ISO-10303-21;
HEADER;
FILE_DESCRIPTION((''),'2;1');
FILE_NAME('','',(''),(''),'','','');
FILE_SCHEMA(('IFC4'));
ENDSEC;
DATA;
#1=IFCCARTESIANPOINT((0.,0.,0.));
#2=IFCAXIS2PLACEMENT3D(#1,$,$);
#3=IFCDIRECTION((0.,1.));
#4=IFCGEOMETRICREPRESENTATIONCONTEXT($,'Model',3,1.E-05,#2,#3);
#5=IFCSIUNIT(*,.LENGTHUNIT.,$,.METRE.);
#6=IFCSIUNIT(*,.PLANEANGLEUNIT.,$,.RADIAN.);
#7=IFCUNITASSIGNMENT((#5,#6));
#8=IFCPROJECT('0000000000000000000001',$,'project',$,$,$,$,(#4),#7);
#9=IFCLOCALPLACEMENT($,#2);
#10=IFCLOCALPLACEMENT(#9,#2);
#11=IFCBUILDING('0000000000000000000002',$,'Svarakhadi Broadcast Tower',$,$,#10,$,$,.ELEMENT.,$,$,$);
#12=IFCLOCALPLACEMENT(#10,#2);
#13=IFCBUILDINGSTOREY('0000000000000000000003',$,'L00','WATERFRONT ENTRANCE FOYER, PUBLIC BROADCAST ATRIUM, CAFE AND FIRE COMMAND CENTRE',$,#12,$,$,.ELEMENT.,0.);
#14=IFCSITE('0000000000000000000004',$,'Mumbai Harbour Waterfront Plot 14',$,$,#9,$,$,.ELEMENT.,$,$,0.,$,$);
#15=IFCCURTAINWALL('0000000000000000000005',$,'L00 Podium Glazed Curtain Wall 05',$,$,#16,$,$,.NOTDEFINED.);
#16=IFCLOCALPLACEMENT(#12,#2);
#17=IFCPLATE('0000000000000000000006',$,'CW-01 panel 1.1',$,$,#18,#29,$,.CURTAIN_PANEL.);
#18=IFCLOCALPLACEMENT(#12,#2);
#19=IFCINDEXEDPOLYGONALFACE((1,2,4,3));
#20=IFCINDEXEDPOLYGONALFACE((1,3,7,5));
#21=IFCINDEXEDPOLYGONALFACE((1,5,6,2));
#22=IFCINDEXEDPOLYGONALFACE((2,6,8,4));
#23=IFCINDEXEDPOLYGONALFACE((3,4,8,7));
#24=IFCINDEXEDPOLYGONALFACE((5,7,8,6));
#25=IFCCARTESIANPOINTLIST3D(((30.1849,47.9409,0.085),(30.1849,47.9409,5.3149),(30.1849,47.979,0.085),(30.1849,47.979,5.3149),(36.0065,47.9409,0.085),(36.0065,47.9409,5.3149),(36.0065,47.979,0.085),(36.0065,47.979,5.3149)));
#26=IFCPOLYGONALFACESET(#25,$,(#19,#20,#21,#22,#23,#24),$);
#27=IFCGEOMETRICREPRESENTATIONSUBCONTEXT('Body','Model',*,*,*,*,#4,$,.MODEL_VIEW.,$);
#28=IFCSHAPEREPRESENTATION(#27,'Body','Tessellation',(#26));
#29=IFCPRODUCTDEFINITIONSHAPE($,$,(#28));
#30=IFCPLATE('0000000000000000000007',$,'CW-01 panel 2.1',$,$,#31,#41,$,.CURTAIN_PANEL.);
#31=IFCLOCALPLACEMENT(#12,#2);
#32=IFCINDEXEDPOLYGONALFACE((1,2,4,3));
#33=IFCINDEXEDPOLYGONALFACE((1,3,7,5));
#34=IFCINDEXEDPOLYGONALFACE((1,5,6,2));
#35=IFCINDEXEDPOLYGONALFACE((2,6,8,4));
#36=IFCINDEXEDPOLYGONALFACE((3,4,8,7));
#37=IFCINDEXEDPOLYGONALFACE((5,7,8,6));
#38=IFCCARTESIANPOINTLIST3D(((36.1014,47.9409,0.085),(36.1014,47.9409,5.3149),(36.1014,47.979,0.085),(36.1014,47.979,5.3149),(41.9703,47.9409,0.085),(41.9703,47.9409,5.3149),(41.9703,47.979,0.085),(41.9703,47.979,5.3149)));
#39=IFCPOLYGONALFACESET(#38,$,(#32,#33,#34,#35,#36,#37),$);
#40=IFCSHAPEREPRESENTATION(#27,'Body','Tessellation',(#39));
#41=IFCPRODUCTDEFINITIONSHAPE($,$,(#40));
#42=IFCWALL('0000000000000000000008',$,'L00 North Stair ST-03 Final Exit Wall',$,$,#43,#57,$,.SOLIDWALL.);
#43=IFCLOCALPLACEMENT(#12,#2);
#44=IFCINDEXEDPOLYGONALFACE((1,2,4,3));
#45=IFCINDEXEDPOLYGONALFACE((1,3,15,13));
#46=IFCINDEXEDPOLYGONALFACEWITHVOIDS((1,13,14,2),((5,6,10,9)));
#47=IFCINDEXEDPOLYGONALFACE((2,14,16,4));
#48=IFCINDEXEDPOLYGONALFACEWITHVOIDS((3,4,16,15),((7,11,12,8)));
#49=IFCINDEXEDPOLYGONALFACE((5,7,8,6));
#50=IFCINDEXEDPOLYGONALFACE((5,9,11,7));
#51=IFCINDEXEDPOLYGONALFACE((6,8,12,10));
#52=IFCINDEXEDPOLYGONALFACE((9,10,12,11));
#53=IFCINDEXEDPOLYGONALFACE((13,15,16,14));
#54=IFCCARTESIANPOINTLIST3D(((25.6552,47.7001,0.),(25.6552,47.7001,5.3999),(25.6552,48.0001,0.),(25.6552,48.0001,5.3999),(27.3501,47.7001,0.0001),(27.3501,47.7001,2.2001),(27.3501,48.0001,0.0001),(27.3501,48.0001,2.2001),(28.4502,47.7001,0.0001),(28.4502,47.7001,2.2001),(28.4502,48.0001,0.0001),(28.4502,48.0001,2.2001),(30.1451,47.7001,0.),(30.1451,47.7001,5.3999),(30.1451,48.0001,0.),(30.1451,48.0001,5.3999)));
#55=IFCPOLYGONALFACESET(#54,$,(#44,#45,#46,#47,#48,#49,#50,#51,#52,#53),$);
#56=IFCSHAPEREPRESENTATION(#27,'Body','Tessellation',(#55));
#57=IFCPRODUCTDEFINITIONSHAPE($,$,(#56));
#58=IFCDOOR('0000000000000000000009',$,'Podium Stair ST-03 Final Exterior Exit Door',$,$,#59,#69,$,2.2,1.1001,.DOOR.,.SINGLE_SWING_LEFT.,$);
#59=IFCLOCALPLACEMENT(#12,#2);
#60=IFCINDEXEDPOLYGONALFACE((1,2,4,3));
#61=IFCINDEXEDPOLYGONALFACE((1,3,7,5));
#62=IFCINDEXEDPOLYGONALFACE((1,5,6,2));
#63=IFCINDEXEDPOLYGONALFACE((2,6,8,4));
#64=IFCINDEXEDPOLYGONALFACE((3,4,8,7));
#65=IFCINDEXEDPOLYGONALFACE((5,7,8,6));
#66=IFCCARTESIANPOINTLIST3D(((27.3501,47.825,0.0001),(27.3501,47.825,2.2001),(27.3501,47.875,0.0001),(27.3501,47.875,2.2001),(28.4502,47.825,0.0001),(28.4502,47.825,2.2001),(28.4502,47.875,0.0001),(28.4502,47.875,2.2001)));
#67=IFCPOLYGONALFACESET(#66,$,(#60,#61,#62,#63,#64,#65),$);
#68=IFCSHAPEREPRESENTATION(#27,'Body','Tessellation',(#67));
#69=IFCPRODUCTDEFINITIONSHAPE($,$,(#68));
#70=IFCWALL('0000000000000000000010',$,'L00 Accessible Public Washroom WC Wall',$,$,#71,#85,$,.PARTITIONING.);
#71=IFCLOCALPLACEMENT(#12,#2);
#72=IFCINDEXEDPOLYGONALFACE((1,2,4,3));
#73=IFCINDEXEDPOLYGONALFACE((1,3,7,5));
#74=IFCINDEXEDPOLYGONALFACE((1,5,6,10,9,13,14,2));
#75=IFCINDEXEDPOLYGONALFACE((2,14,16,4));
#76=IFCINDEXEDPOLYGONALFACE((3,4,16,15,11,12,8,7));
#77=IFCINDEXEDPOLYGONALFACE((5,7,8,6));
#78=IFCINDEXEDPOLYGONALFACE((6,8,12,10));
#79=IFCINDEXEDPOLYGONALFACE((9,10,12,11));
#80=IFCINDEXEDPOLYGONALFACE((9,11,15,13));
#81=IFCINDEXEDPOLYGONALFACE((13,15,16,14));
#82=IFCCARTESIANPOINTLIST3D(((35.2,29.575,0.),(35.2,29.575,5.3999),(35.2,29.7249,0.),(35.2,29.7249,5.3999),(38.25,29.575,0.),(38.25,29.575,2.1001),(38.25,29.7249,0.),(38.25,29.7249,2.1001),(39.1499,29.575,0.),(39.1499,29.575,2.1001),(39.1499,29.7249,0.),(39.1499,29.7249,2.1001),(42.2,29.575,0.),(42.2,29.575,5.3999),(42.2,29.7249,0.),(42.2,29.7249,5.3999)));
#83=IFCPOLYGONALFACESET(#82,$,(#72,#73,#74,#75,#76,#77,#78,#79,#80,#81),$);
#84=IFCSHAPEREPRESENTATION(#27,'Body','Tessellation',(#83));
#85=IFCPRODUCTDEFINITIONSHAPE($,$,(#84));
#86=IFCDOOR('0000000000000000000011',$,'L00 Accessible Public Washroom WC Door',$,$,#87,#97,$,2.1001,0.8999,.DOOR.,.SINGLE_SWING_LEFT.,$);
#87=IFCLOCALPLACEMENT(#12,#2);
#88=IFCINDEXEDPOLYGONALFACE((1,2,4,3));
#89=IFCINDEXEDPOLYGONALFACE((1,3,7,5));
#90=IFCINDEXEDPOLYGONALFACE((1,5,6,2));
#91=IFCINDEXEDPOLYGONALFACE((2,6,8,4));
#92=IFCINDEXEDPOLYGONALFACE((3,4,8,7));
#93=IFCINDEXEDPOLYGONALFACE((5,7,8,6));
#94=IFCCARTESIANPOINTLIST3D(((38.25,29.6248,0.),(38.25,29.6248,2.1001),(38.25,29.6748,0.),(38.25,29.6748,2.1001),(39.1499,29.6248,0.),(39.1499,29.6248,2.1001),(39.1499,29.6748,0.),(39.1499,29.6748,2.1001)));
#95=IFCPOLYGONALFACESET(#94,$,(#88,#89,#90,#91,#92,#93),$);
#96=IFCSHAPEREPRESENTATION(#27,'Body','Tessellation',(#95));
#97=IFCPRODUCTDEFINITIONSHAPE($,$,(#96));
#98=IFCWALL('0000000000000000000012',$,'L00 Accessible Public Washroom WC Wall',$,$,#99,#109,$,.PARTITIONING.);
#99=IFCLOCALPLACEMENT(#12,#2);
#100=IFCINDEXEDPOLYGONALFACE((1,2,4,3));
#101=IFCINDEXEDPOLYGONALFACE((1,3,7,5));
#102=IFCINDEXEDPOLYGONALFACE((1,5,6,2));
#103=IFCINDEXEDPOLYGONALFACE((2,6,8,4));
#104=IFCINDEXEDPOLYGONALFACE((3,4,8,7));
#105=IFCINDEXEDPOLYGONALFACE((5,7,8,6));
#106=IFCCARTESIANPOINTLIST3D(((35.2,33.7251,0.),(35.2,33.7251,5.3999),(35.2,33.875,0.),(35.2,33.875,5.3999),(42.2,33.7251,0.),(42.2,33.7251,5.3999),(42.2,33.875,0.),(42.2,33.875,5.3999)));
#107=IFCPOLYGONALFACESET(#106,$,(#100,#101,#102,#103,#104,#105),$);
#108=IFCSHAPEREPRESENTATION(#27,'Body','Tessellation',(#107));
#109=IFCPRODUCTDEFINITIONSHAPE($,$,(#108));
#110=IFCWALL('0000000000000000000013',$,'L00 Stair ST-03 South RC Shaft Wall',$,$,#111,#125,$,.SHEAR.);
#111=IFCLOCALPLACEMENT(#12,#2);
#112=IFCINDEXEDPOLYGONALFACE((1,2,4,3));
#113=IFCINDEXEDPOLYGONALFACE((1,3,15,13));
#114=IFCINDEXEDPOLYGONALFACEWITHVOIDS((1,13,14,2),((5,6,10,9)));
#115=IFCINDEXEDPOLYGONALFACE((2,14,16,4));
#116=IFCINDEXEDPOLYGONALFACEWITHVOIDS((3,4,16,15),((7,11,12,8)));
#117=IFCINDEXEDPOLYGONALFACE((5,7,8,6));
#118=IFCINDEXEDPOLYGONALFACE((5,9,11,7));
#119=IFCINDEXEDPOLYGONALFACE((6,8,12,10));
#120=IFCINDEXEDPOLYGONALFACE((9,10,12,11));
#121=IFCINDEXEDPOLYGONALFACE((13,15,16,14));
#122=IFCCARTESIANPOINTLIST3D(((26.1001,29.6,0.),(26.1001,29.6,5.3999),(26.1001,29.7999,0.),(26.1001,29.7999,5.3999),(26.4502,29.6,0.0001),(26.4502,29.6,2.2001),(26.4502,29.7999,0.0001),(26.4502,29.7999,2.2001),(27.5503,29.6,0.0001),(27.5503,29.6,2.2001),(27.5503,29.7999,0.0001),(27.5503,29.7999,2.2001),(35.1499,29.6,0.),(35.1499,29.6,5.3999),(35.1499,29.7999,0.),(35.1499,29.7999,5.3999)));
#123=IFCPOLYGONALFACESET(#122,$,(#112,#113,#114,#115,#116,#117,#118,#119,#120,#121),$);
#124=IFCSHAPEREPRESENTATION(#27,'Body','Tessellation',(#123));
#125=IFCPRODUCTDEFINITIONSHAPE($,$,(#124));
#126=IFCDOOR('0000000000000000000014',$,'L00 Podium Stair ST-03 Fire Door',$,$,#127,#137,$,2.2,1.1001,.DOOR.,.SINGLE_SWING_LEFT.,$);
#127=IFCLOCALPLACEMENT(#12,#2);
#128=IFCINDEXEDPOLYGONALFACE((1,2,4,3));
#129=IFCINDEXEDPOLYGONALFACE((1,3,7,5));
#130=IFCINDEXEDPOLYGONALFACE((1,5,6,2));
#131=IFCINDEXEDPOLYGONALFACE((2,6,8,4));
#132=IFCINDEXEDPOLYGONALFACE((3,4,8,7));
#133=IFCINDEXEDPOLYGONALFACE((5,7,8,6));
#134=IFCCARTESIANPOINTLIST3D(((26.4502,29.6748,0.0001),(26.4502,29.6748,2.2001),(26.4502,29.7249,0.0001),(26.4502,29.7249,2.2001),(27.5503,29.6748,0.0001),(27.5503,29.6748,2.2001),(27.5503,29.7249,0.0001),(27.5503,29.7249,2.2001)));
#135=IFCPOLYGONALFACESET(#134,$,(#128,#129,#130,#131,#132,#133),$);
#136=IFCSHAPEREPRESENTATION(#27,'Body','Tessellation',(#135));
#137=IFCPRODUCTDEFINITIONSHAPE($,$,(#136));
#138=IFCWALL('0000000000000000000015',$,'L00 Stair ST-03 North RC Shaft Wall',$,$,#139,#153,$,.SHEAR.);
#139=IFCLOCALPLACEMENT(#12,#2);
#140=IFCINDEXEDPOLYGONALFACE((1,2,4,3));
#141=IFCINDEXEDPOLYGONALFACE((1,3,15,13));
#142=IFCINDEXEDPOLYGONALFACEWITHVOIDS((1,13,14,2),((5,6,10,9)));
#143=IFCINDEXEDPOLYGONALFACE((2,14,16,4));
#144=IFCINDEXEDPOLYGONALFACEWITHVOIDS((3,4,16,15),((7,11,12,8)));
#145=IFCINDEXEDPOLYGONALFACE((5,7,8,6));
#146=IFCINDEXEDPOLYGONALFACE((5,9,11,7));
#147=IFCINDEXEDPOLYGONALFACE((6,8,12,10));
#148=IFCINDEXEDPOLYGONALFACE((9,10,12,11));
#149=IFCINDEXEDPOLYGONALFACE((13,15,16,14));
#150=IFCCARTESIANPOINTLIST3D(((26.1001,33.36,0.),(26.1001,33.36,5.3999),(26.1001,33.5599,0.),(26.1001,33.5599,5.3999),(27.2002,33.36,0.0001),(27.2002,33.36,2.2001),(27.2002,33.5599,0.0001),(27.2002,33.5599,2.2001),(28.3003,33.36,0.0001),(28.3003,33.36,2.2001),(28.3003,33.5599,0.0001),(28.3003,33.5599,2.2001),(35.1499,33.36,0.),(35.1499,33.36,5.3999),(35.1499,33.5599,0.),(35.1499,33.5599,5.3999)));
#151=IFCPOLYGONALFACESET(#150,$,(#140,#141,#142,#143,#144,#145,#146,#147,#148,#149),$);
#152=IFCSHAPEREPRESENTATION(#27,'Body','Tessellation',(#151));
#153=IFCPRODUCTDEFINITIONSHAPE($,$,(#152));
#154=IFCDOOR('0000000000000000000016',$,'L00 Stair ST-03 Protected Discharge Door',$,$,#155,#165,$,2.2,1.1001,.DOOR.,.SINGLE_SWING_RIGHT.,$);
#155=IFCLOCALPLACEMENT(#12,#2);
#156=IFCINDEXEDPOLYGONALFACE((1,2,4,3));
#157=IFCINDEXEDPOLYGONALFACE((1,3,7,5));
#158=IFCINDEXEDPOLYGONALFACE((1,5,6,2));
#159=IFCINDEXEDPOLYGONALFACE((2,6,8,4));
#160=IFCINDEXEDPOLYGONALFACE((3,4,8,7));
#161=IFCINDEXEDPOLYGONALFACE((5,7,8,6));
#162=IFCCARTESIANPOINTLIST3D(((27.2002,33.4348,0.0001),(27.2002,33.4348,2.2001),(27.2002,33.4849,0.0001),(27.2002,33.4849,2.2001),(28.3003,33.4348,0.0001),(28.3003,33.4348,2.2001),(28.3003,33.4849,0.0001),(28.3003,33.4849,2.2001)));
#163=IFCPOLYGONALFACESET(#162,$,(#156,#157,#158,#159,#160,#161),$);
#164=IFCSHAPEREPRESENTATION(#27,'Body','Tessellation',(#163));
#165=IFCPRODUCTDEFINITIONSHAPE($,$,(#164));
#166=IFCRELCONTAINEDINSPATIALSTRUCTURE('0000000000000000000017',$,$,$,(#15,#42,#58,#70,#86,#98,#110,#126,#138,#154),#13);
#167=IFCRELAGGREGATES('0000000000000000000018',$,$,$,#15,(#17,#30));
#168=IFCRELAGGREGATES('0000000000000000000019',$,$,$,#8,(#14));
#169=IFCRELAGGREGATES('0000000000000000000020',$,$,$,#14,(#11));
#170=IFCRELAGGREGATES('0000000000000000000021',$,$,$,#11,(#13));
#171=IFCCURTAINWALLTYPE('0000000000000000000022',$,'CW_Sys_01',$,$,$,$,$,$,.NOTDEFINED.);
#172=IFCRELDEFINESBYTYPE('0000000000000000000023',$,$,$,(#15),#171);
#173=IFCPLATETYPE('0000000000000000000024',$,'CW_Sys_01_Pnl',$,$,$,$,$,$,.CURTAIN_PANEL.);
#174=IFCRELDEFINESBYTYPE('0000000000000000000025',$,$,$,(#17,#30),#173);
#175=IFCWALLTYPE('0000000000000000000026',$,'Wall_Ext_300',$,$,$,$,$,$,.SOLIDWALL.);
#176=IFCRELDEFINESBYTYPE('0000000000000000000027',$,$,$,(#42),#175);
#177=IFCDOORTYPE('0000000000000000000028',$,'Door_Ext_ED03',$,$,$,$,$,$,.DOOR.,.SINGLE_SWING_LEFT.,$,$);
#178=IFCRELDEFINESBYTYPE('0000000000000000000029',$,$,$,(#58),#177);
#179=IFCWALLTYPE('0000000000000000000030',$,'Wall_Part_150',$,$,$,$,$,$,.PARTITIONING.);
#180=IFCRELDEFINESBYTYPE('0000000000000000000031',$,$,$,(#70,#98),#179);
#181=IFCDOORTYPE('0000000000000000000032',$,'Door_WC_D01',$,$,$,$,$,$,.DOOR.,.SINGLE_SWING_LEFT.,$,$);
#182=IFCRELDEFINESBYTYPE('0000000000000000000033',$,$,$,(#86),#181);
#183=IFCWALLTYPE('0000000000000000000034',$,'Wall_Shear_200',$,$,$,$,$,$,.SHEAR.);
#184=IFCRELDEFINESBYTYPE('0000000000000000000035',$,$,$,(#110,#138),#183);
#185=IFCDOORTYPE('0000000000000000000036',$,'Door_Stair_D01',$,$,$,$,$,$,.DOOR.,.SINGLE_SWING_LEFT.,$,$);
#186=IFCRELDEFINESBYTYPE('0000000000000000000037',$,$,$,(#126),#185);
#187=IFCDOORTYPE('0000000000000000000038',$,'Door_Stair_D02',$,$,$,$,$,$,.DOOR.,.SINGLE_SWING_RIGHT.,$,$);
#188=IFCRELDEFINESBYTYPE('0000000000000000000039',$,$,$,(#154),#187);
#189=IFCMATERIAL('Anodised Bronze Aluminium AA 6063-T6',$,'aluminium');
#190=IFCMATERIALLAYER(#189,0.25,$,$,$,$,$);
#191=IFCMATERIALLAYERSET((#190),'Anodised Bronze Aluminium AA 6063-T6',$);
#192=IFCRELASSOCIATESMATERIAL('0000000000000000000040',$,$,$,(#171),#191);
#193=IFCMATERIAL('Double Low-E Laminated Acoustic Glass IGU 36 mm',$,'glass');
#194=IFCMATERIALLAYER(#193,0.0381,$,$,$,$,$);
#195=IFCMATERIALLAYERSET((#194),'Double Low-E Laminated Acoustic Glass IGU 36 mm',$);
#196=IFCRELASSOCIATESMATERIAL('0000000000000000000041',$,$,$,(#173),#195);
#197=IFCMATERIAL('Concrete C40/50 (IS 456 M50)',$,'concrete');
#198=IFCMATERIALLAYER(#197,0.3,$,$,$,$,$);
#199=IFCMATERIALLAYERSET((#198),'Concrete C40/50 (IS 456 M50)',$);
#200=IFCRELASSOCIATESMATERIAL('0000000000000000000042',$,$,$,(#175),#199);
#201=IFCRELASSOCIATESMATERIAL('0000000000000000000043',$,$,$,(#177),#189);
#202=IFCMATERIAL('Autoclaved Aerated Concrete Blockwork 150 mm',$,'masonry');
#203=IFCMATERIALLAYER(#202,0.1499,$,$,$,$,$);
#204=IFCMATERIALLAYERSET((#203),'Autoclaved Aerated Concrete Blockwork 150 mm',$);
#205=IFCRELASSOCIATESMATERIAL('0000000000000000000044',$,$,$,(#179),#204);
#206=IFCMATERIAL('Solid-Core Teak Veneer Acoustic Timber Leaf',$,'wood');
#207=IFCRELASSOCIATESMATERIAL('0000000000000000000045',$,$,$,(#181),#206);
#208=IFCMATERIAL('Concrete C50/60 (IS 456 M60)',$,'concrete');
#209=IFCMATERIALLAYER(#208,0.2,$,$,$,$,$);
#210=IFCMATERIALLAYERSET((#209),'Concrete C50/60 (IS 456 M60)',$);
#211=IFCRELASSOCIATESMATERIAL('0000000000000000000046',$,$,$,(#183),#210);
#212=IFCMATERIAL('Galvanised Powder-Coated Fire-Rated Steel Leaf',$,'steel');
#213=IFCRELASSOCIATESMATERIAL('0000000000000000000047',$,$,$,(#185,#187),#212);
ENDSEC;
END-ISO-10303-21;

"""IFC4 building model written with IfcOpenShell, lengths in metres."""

from ifc_helpers import new_model, si_unit, direction, frame, frame_2d, origin, origin_2d, place, context, subcontext, project, spatial, rectangle, extrude, material, layer, layer_set, type_object, element, fill, aggregate, save


model = new_model("IFC4")

# Units and contexts
model_context = context("Model", 3, precision=1e-05, world=origin(), true_north=direction((0.0, 1.0)))
body_context = subcontext(model_context, "Body", "Model", "MODEL_VIEW")
ifc_project = project(units=[si_unit("LENGTHUNIT", "METRE"), si_unit("PLANEANGLEUNIT", "RADIAN")], contexts=[model_context])

# Site, building, storey
site_placement = place(None, origin())
site = spatial("IfcSite", under=ifc_project, at=site_placement, Name="Mumbai Harbour Waterfront Plot 14", CompositionType="ELEMENT", RefElevation=0.0)
building_placement = place(site_placement, origin())
building = spatial("IfcBuilding", under=site, at=building_placement, Name="Svarakhadi Broadcast Tower", CompositionType="ELEMENT")
storey_placement = place(building_placement, origin())
storey = spatial("IfcBuildingStorey", under=building, at=storey_placement, Name="L00", Description="WATERFRONT ENTRANCE FOYER, PUBLIC BROADCAST ATRIUM, CAFE AND FIRE COMMAND CENTRE", CompositionType="ELEMENT", Elevation=0.0)

# Shared definitions
ifc_material_1 = material(Name="Anodised Bronze Aluminium AA 6063-T6", Category="aluminium")
ifc_layer_1 = layer(ifc_material_1, 0.25)
ifc_layer_set_1 = layer_set([ifc_layer_1], Name="Anodised Bronze Aluminium AA 6063-T6")
curtain_wall_type = type_object("IfcCurtainWallType", Name="CW_Sys_01", PredefinedType="NOTDEFINED", material=ifc_layer_set_1)

# Curtain wall
curtain_wall_1_placement = place(storey_placement, origin())
curtain_wall_1 = element("IfcCurtainWall", 1, at=curtain_wall_1_placement, inside=storey, type_object=curtain_wall_type, Name="L00 Podium Glazed Curtain Wall 05", PredefinedType="NOTDEFINED")

# Shared definitions
ifc_material_2 = material(Name="Concrete C50/60 (IS 456 M60)", Category="concrete")

# Plates
ifc_material_3 = material(Name="Double Low-E Laminated Acoustic Glass IGU 36 mm", Category="glass")
ifc_layer_2 = layer(ifc_material_3, 0.0381)
ifc_layer_set_2 = layer_set([ifc_layer_2], Name="Double Low-E Laminated Acoustic Glass IGU 36 mm")
plate_type = type_object("IfcPlateType", Name="CW_Sys_01_Pnl", PredefinedType="CURTAIN_PANEL", material=ifc_layer_set_2)
plate_1_placement = place(storey_placement, frame((33.0957, 47.96, 0.085), z_axis=(0.0, 0.0, 1.0), x_axis=(1.0, 0.0, 0.0)))
plate_1 = element("IfcPlate", 2, at=plate_1_placement, type_object=plate_type, Name="CW-01 panel 1.1", PredefinedType="CURTAIN_PANEL", context=body_context, shape_type="SweptSolid", body=[
    extrude(rectangle(XDim=5.8215, YDim=0.0381, at=origin_2d()), origin(), (0.0, 0.0, 1.0), 5.23),
])
plate_2_placement = place(storey_placement, frame((39.0359, 47.96, 0.085), z_axis=(0.0, 0.0, 1.0), x_axis=(1.0, 0.0, 0.0)))
plate_2 = element("IfcPlate", 3, at=plate_2_placement, type_object=plate_type, Name="CW-01 panel 2.1", PredefinedType="CURTAIN_PANEL", context=body_context, shape_type="SweptSolid", body=[
    extrude(rectangle(XDim=5.8689, YDim=0.0381, at=origin_2d()), origin(), (0.0, 0.0, 1.0), 5.23),
])
aggregate(curtain_wall_1, [plate_1, plate_2])

# Walls, openings, doors
ifc_material_4 = material(Name="Concrete C40/50 (IS 456 M50)", Category="concrete")
ifc_layer_3 = layer(ifc_material_4, 0.3)
ifc_layer_set_3 = layer_set([ifc_layer_3], Name="Concrete C40/50 (IS 456 M50)")
wall_type_1 = type_object("IfcWallType", Name="Wall_Ext_300", PredefinedType="SOLIDWALL", material=ifc_layer_set_3)
wall_1_placement = place(storey_placement, frame((25.655, 47.8501, 0.0), z_axis=(0.0, 0.0, 1.0), x_axis=(1.0, 0.0, 0.0)))
wall_1 = element("IfcWall", 4, at=wall_1_placement, inside=storey, type_object=wall_type_1, Name="L00 North Stair ST-03 Final Exit Wall", PredefinedType="SOLIDWALL", context=body_context, shape_type="SweptSolid", body=[
    extrude(rectangle(XDim=4.49, YDim=0.3, at=frame_2d((2.2451, 0.0))), origin(), (0.0, 0.0, 1.0), 5.3999),
])
opening_1_placement = place(wall_1_placement, frame((1.6951, 0.0, 0.0)))
opening_1 = element("IfcOpeningElement", 5, at=opening_1_placement, cuts=wall_1, PredefinedType="OPENING", context=body_context, shape_type="SweptSolid", body=[
    extrude(rectangle(XDim=1.1001, YDim=2.2, at=frame_2d((0.55, 1.1001))), frame((0.0, 0.1599, 0.0), z_axis=(0.0, -1.0, 0.0), x_axis=(1.0, 0.0, 0.0)), (0.0, 0.0, 1.0), 0.3201),
])
door_type_1 = type_object("IfcDoorType", Name="Door_Ext_ED03", OperationType="SINGLE_SWING_LEFT", PredefinedType="DOOR", material=ifc_material_1)
door_1_placement = place(opening_1_placement, origin())
door_1 = element("IfcDoor", 6, at=door_1_placement, inside=storey, type_object=door_type_1, Name="Podium Stair ST-03 Final Exterior Exit Door", OperationType="SINGLE_SWING_LEFT", OverallHeight=2.2, OverallWidth=1.1001, PredefinedType="DOOR", context=body_context, shape_type="SweptSolid", body=[
    extrude(rectangle(XDim=1.1001, YDim=2.2, at=frame_2d((0.55, 1.1001))), frame((0.0, 0.0249, 0.0), z_axis=(0.0, -1.0, 0.0), x_axis=(1.0, 0.0, 0.0)), (0.0, 0.0, 1.0), 0.05),
])
fill(opening_1, door_1)
ifc_material_5 = material(Name="Autoclaved Aerated Concrete Blockwork 150 mm", Category="masonry")
ifc_layer_4 = layer(ifc_material_5, 0.1499)
ifc_layer_set_4 = layer_set([ifc_layer_4], Name="Autoclaved Aerated Concrete Blockwork 150 mm")
wall_type_2 = type_object("IfcWallType", Name="Wall_Part_150", PredefinedType="PARTITIONING", material=ifc_layer_set_4)
wall_2_placement = place(storey_placement, frame((35.2, 29.6499, 0.0), z_axis=(0.0, 0.0, 1.0), x_axis=(1.0, 0.0, 0.0)))
wall_2 = element("IfcWall", 7, at=wall_2_placement, inside=storey, type_object=wall_type_2, Name="L00 Accessible Public Washroom WC Wall", PredefinedType="PARTITIONING", context=body_context, shape_type="SweptSolid", body=[
    extrude(rectangle(XDim=7.0, YDim=0.1499, at=frame_2d((3.5, 0.0))), origin(), (0.0, 0.0, 1.0), 5.3999),
])
opening_2_placement = place(wall_2_placement, frame((3.05, 0.0, 0.0)))
opening_2 = element("IfcOpeningElement", 8, at=opening_2_placement, cuts=wall_2, PredefinedType="OPENING", context=body_context, shape_type="SweptSolid", body=[
    extrude(rectangle(XDim=0.8999, YDim=2.1001, at=frame_2d((0.45, 1.05))), frame((0.0, 0.085, 0.0), z_axis=(0.0, -1.0, 0.0), x_axis=(1.0, 0.0, 0.0)), (0.0, 0.0, 1.0), 0.1699),
])
ifc_material_6 = material(Name="Solid-Core Teak Veneer Acoustic Timber Leaf", Category="wood")
door_type_2 = type_object("IfcDoorType", Name="Door_WC_D01", OperationType="SINGLE_SWING_LEFT", PredefinedType="DOOR", material=ifc_material_6)
door_2_placement = place(opening_2_placement, origin())
door_2 = element("IfcDoor", 9, at=door_2_placement, inside=storey, type_object=door_type_2, Name="L00 Accessible Public Washroom WC Door", OperationType="SINGLE_SWING_LEFT", OverallHeight=2.1001, OverallWidth=0.8999, PredefinedType="DOOR", context=body_context, shape_type="SweptSolid", body=[
    extrude(rectangle(XDim=0.8999, YDim=2.1001, at=frame_2d((0.45, 1.05))), frame((0.0, 0.0249, 0.0), z_axis=(0.0, -1.0, 0.0), x_axis=(1.0, 0.0, 0.0)), (0.0, 0.0, 1.0), 0.05),
])
fill(opening_2, door_2)

# Wall
wall_3_placement = place(storey_placement, frame((35.2, 33.8, 0.0), z_axis=(0.0, 0.0, 1.0), x_axis=(1.0, 0.0, 0.0)))
element("IfcWall", 10, at=wall_3_placement, inside=storey, type_object=wall_type_2, Name="L00 Accessible Public Washroom WC Wall", PredefinedType="PARTITIONING", context=body_context, shape_type="SweptSolid", body=[
    extrude(rectangle(XDim=7.0, YDim=0.1499, at=frame_2d((3.5, 0.0))), origin(), (0.0, 0.0, 1.0), 5.3999),
])

# Walls, openings, doors
ifc_layer_5 = layer(ifc_material_2, 0.2)
ifc_layer_set_5 = layer_set([ifc_layer_5], Name="Concrete C50/60 (IS 456 M60)")
wall_type_3 = type_object("IfcWallType", Name="Wall_Shear_200", PredefinedType="SHEAR", material=ifc_layer_set_5)
wall_4_placement = place(storey_placement, frame((26.1001, 29.7, 0.0), z_axis=(0.0, 0.0, 1.0), x_axis=(1.0, 0.0, 0.0)))
wall_4 = element("IfcWall", 11, at=wall_4_placement, inside=storey, type_object=wall_type_3, Name="L00 Stair ST-03 South RC Shaft Wall", PredefinedType="SHEAR", context=body_context, shape_type="SweptSolid", body=[
    extrude(rectangle(XDim=9.0498, YDim=0.2, at=frame_2d((4.5249, 0.0))), origin(), (0.0, 0.0, 1.0), 5.3999),
])
opening_3_placement = place(wall_4_placement, frame((0.3501, 0.0, 0.0)))
opening_3 = element("IfcOpeningElement", 12, at=opening_3_placement, cuts=wall_4, PredefinedType="OPENING", context=body_context, shape_type="SweptSolid", body=[
    extrude(rectangle(XDim=1.1001, YDim=2.2, at=frame_2d((0.55, 1.1001))), frame((0.0, 0.1099, 0.0), z_axis=(0.0, -1.0, 0.0), x_axis=(1.0, 0.0, 0.0)), (0.0, 0.0, 1.0), 0.22),
])
ifc_material_7 = material(Name="Galvanised Powder-Coated Fire-Rated Steel Leaf", Category="steel")
door_type_3 = type_object("IfcDoorType", Name="Door_Stair_D01", OperationType="SINGLE_SWING_LEFT", PredefinedType="DOOR", material=ifc_material_7)
door_3_placement = place(opening_3_placement, origin())
door_3 = element("IfcDoor", 13, at=door_3_placement, inside=storey, type_object=door_type_3, Name="L00 Podium Stair ST-03 Fire Door", OperationType="SINGLE_SWING_LEFT", OverallHeight=2.2, OverallWidth=1.1001, PredefinedType="DOOR", context=body_context, shape_type="SweptSolid", body=[
    extrude(rectangle(XDim=1.1001, YDim=2.2, at=frame_2d((0.55, 1.1001))), frame((0.0, 0.0249, 0.0), z_axis=(0.0, -1.0, 0.0), x_axis=(1.0, 0.0, 0.0)), (0.0, 0.0, 1.0), 0.05),
])
fill(opening_3, door_3)
wall_5_placement = place(storey_placement, frame((26.1001, 33.46, 0.0), z_axis=(0.0, 0.0, 1.0), x_axis=(1.0, 0.0, 0.0)))
wall_5 = element("IfcWall", 14, at=wall_5_placement, inside=storey, type_object=wall_type_3, Name="L00 Stair ST-03 North RC Shaft Wall", PredefinedType="SHEAR", context=body_context, shape_type="SweptSolid", body=[
    extrude(rectangle(XDim=9.0498, YDim=0.2, at=frame_2d((4.5249, 0.0))), origin(), (0.0, 0.0, 1.0), 5.3999),
])
opening_4_placement = place(wall_5_placement, frame((1.1001, 0.0, 0.0)))
opening_4 = element("IfcOpeningElement", 15, at=opening_4_placement, cuts=wall_5, PredefinedType="OPENING", context=body_context, shape_type="SweptSolid", body=[
    extrude(rectangle(XDim=1.1001, YDim=2.2, at=frame_2d((0.55, 1.1001))), frame((0.0, 0.1099, 0.0), z_axis=(0.0, -1.0, 0.0), x_axis=(1.0, 0.0, 0.0)), (0.0, 0.0, 1.0), 0.22),
])
door_type_4 = type_object("IfcDoorType", Name="Door_Stair_D02", OperationType="SINGLE_SWING_RIGHT", PredefinedType="DOOR", material=ifc_material_7)
door_4_placement = place(opening_4_placement, origin())
door_4 = element("IfcDoor", 16, at=door_4_placement, inside=storey, type_object=door_type_4, Name="L00 Stair ST-03 Protected Discharge Door", OperationType="SINGLE_SWING_RIGHT", OverallHeight=2.2, OverallWidth=1.1001, PredefinedType="DOOR", context=body_context, shape_type="SweptSolid", body=[
    extrude(rectangle(XDim=1.1001, YDim=2.2, at=frame_2d((0.55, 1.1001))), frame((0.0, 0.0249, 0.0), z_axis=(0.0, -1.0, 0.0), x_axis=(1.0, 0.0, 0.0)), (0.0, 0.0, 1.0), 0.05),
])
fill(opening_4, door_4)

save(model, "model.ifc")
